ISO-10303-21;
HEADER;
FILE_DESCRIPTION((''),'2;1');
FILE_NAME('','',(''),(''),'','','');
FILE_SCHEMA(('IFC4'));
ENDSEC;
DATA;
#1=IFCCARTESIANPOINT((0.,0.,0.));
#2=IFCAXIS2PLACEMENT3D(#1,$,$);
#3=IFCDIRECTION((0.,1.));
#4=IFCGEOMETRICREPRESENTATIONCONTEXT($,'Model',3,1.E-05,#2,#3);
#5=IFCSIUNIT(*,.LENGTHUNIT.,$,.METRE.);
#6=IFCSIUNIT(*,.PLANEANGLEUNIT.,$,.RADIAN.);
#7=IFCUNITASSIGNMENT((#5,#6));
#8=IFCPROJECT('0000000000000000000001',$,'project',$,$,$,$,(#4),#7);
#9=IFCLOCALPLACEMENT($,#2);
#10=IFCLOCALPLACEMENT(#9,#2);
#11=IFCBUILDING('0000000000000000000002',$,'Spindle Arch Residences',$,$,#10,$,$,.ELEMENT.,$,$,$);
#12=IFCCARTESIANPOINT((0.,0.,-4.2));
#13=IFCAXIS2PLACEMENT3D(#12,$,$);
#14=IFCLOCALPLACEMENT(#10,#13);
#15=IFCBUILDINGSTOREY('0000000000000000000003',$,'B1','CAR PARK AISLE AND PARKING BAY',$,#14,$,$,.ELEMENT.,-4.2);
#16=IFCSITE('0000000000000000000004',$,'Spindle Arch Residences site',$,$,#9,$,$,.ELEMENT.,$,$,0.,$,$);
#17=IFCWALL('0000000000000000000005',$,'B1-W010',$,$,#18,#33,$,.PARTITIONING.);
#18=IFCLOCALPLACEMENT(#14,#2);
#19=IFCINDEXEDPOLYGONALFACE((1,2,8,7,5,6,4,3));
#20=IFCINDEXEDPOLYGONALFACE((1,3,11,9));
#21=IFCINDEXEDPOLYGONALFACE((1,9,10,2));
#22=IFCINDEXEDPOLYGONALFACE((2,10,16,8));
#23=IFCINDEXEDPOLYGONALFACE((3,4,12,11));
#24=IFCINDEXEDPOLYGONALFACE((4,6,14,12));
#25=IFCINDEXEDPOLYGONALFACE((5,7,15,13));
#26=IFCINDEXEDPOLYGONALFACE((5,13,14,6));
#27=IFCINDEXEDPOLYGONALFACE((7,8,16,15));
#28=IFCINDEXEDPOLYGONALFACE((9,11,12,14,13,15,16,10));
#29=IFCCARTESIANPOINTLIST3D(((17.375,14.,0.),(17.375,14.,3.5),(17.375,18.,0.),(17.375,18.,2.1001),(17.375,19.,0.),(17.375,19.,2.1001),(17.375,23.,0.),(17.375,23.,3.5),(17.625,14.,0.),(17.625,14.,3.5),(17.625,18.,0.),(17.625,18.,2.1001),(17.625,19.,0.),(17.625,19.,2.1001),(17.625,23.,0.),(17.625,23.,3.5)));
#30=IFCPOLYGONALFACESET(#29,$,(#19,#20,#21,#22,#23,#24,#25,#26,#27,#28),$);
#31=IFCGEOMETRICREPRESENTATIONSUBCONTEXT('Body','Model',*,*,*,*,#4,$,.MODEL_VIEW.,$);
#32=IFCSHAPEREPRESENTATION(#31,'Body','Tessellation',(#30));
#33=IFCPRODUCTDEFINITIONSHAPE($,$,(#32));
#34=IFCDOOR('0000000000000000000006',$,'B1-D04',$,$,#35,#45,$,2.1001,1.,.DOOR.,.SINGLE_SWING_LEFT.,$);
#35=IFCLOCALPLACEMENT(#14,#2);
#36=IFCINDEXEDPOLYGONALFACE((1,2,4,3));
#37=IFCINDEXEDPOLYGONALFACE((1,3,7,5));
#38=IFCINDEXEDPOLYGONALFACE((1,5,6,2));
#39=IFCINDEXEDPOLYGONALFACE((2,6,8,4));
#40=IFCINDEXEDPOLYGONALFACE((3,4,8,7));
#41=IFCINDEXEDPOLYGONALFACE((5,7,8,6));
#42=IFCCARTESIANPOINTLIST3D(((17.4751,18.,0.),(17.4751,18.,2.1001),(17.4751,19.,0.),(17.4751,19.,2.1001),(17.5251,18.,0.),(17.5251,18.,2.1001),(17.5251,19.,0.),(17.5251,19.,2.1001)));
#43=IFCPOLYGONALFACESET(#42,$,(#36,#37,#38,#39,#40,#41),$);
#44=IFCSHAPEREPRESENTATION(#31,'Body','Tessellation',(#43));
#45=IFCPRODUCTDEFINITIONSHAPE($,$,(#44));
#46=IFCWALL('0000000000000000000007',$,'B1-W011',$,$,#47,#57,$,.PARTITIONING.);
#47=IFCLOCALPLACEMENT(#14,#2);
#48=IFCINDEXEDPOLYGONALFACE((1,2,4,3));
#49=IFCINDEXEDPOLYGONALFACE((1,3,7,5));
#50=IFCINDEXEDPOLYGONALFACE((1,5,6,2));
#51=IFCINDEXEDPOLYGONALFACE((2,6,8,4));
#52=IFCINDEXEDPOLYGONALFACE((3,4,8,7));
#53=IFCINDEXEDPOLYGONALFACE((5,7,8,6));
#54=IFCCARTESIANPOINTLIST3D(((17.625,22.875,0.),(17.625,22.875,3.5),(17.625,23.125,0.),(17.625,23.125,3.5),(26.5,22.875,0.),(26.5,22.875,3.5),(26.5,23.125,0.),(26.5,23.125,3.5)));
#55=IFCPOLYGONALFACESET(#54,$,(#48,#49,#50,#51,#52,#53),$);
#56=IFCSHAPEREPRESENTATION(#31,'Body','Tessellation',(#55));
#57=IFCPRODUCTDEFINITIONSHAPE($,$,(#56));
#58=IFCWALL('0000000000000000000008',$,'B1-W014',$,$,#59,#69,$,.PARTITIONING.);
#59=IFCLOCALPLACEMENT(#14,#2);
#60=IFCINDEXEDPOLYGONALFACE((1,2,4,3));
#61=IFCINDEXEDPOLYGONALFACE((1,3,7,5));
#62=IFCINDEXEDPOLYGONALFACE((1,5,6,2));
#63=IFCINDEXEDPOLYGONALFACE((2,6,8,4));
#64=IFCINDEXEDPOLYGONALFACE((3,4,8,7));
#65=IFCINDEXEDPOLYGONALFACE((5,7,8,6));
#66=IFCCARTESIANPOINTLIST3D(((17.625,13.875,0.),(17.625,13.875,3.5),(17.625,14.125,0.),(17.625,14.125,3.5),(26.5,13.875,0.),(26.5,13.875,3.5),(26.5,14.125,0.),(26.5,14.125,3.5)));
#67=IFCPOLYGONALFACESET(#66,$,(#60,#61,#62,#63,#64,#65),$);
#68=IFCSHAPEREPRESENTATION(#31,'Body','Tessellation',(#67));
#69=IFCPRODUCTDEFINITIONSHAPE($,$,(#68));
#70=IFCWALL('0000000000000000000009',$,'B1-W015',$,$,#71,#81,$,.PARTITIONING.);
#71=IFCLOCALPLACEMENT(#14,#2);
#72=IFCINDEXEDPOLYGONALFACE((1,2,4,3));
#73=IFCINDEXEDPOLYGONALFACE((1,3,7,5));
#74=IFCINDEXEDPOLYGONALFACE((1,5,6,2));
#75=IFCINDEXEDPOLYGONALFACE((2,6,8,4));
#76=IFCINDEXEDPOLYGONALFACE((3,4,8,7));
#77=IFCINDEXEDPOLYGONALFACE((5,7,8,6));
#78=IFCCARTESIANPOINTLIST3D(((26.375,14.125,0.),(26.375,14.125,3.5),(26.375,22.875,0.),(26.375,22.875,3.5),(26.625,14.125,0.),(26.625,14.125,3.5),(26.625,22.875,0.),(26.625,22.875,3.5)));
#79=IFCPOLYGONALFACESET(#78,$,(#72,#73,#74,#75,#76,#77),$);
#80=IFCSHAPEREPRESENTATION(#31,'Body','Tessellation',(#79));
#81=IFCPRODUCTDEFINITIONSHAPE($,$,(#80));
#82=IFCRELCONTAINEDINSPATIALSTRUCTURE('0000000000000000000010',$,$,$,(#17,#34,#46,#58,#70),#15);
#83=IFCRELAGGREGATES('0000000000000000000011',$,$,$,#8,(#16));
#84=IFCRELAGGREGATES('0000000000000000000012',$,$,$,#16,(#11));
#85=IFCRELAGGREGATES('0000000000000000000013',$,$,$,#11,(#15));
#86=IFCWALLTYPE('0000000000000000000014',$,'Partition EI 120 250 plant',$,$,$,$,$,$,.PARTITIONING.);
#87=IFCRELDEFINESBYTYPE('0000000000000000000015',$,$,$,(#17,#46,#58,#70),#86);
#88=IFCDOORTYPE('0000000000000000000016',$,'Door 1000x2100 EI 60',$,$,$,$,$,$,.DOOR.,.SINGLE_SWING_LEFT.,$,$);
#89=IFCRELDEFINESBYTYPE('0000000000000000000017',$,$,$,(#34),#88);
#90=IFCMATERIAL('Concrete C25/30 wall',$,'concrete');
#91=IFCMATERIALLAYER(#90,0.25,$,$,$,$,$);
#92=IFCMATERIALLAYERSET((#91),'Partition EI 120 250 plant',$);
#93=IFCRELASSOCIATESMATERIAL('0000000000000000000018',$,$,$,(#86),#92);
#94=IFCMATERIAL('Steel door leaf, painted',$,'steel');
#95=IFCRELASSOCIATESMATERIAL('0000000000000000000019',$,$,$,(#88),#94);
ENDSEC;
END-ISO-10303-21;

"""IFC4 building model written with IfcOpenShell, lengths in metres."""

from ifc_helpers import new_model, si_unit, direction, frame, frame_2d, origin, place, context, subcontext, project, spatial, rectangle, extrude, material, layer, layer_set, type_object, element, fill, save


model = new_model("IFC4")

# Units and contexts
model_context = context("Model", 3, precision=1e-05, world=origin(), true_north=direction((0.0, 1.0)))
body_context = subcontext(model_context, "Body", "Model", "MODEL_VIEW")
ifc_project = project(units=[si_unit("LENGTHUNIT", "METRE"), si_unit("PLANEANGLEUNIT", "RADIAN")], contexts=[model_context])

# Site, building, storey
site_placement = place(None, origin())
site = spatial("IfcSite", under=ifc_project, at=site_placement, Name="Spindle Arch Residences site", CompositionType="ELEMENT", RefElevation=0.0)
building_placement = place(site_placement, origin())
building = spatial("IfcBuilding", under=site, at=building_placement, Name="Spindle Arch Residences", CompositionType="ELEMENT")
storey_placement = place(building_placement, frame((0.0, 0.0, -4.2)))
storey = spatial("IfcBuildingStorey", under=building, at=storey_placement, Name="B1", Description="CAR PARK AISLE AND PARKING BAY", CompositionType="ELEMENT", Elevation=-4.2)

# Wall, opening, door
ifc_material_1 = material(Name="Concrete C25/30 wall", Category="concrete")
ifc_layer_1 = layer(ifc_material_1, 0.25)
ifc_layer_set_1 = layer_set([ifc_layer_1], Name="Partition EI 120 250 plant")
wall_type_1 = type_object("IfcWallType", Name="Partition EI 120 250 plant", PredefinedType="PARTITIONING", material=ifc_layer_set_1)
wall_1_placement = place(storey_placement, frame((17.5, 14.0, 0.0), z_axis=(0.0, 0.0, 1.0), x_axis=(0.0, 1.0, 0.0)))
wall_1 = element("IfcWall", 1, at=wall_1_placement, inside=storey, type_object=wall_type_1, Name="B1-W010", PredefinedType="PARTITIONING", context=body_context, shape_type="SweptSolid", body=[
    extrude(rectangle(XDim=9.0, YDim=0.25, at=frame_2d((4.5, 0.0))), origin(), (0.0, 0.0, 1.0), 3.5),
])
opening_1_placement = place(wall_1_placement, frame((4.0, 0.0, 0.0)))
opening_1 = element("IfcOpeningElement", 2, at=opening_1_placement, cuts=wall_1, PredefinedType="OPENING", context=body_context, shape_type="SweptSolid", body=[
    extrude(rectangle(XDim=1.0, YDim=2.1001, at=frame_2d((0.5, 1.05))), frame((0.0, 0.135, 0.0), z_axis=(0.0, -1.0, 0.0), x_axis=(1.0, 0.0, 0.0)), (0.0, 0.0, 1.0), 0.27),
])
ifc_material_2 = material(Name="Steel door leaf, painted", Category="steel")
door_type_1 = type_object("IfcDoorType", Name="Door 1000x2100 EI 60", OperationType="SINGLE_SWING_LEFT", PredefinedType="DOOR", material=ifc_material_2)
door_1_placement = place(opening_1_placement, origin())
door_1 = element("IfcDoor", 3, at=door_1_placement, inside=storey, type_object=door_type_1, Name="B1-D04", OperationType="SINGLE_SWING_LEFT", OverallHeight=2.1001, OverallWidth=1.0, PredefinedType="DOOR", context=body_context, shape_type="SweptSolid", body=[
    extrude(rectangle(XDim=1.0, YDim=2.1001, at=frame_2d((0.5, 1.05))), frame((0.0, 0.0249, 0.0), z_axis=(0.0, -1.0, 0.0), x_axis=(1.0, 0.0, 0.0)), (0.0, 0.0, 1.0), 0.05),
])
fill(opening_1, door_1)

# Walls
for number, where, z_axis, x_axis, name in (
    (4, (17.625, 23.0, 0.0), (0.0, 0.0, 1.0), (1.0, 0.0, 0.0), "B1-W011"),
    (5, (26.5, 14.0, 0.0), (0.0, 0.0, 1.0), (-1.0, 0.0, 0.0), "B1-W014"),
):
    element("IfcWall", number, at=place(storey_placement, frame(where, z_axis=z_axis, x_axis=x_axis)), inside=storey, type_object=wall_type_1, Name=name, PredefinedType="PARTITIONING", context=body_context, shape_type="SweptSolid", body=[
        extrude(rectangle(XDim=8.875, YDim=0.25, at=frame_2d((4.4375, 0.0))), origin(), (0.0, 0.0, 1.0), 3.5),
    ])
wall_2_placement = place(storey_placement, frame((26.5, 22.875, 0.0), z_axis=(0.0, 0.0, 1.0), x_axis=(0.0, -1.0, 0.0)))
element("IfcWall", 6, at=wall_2_placement, inside=storey, type_object=wall_type_1, Name="B1-W015", PredefinedType="PARTITIONING", context=body_context, shape_type="SweptSolid", body=[
    extrude(rectangle(XDim=8.75, YDim=0.25, at=frame_2d((4.375, 0.0))), origin(), (0.0, 0.0, 1.0), 3.5),
])

save(model, "model.ifc")
